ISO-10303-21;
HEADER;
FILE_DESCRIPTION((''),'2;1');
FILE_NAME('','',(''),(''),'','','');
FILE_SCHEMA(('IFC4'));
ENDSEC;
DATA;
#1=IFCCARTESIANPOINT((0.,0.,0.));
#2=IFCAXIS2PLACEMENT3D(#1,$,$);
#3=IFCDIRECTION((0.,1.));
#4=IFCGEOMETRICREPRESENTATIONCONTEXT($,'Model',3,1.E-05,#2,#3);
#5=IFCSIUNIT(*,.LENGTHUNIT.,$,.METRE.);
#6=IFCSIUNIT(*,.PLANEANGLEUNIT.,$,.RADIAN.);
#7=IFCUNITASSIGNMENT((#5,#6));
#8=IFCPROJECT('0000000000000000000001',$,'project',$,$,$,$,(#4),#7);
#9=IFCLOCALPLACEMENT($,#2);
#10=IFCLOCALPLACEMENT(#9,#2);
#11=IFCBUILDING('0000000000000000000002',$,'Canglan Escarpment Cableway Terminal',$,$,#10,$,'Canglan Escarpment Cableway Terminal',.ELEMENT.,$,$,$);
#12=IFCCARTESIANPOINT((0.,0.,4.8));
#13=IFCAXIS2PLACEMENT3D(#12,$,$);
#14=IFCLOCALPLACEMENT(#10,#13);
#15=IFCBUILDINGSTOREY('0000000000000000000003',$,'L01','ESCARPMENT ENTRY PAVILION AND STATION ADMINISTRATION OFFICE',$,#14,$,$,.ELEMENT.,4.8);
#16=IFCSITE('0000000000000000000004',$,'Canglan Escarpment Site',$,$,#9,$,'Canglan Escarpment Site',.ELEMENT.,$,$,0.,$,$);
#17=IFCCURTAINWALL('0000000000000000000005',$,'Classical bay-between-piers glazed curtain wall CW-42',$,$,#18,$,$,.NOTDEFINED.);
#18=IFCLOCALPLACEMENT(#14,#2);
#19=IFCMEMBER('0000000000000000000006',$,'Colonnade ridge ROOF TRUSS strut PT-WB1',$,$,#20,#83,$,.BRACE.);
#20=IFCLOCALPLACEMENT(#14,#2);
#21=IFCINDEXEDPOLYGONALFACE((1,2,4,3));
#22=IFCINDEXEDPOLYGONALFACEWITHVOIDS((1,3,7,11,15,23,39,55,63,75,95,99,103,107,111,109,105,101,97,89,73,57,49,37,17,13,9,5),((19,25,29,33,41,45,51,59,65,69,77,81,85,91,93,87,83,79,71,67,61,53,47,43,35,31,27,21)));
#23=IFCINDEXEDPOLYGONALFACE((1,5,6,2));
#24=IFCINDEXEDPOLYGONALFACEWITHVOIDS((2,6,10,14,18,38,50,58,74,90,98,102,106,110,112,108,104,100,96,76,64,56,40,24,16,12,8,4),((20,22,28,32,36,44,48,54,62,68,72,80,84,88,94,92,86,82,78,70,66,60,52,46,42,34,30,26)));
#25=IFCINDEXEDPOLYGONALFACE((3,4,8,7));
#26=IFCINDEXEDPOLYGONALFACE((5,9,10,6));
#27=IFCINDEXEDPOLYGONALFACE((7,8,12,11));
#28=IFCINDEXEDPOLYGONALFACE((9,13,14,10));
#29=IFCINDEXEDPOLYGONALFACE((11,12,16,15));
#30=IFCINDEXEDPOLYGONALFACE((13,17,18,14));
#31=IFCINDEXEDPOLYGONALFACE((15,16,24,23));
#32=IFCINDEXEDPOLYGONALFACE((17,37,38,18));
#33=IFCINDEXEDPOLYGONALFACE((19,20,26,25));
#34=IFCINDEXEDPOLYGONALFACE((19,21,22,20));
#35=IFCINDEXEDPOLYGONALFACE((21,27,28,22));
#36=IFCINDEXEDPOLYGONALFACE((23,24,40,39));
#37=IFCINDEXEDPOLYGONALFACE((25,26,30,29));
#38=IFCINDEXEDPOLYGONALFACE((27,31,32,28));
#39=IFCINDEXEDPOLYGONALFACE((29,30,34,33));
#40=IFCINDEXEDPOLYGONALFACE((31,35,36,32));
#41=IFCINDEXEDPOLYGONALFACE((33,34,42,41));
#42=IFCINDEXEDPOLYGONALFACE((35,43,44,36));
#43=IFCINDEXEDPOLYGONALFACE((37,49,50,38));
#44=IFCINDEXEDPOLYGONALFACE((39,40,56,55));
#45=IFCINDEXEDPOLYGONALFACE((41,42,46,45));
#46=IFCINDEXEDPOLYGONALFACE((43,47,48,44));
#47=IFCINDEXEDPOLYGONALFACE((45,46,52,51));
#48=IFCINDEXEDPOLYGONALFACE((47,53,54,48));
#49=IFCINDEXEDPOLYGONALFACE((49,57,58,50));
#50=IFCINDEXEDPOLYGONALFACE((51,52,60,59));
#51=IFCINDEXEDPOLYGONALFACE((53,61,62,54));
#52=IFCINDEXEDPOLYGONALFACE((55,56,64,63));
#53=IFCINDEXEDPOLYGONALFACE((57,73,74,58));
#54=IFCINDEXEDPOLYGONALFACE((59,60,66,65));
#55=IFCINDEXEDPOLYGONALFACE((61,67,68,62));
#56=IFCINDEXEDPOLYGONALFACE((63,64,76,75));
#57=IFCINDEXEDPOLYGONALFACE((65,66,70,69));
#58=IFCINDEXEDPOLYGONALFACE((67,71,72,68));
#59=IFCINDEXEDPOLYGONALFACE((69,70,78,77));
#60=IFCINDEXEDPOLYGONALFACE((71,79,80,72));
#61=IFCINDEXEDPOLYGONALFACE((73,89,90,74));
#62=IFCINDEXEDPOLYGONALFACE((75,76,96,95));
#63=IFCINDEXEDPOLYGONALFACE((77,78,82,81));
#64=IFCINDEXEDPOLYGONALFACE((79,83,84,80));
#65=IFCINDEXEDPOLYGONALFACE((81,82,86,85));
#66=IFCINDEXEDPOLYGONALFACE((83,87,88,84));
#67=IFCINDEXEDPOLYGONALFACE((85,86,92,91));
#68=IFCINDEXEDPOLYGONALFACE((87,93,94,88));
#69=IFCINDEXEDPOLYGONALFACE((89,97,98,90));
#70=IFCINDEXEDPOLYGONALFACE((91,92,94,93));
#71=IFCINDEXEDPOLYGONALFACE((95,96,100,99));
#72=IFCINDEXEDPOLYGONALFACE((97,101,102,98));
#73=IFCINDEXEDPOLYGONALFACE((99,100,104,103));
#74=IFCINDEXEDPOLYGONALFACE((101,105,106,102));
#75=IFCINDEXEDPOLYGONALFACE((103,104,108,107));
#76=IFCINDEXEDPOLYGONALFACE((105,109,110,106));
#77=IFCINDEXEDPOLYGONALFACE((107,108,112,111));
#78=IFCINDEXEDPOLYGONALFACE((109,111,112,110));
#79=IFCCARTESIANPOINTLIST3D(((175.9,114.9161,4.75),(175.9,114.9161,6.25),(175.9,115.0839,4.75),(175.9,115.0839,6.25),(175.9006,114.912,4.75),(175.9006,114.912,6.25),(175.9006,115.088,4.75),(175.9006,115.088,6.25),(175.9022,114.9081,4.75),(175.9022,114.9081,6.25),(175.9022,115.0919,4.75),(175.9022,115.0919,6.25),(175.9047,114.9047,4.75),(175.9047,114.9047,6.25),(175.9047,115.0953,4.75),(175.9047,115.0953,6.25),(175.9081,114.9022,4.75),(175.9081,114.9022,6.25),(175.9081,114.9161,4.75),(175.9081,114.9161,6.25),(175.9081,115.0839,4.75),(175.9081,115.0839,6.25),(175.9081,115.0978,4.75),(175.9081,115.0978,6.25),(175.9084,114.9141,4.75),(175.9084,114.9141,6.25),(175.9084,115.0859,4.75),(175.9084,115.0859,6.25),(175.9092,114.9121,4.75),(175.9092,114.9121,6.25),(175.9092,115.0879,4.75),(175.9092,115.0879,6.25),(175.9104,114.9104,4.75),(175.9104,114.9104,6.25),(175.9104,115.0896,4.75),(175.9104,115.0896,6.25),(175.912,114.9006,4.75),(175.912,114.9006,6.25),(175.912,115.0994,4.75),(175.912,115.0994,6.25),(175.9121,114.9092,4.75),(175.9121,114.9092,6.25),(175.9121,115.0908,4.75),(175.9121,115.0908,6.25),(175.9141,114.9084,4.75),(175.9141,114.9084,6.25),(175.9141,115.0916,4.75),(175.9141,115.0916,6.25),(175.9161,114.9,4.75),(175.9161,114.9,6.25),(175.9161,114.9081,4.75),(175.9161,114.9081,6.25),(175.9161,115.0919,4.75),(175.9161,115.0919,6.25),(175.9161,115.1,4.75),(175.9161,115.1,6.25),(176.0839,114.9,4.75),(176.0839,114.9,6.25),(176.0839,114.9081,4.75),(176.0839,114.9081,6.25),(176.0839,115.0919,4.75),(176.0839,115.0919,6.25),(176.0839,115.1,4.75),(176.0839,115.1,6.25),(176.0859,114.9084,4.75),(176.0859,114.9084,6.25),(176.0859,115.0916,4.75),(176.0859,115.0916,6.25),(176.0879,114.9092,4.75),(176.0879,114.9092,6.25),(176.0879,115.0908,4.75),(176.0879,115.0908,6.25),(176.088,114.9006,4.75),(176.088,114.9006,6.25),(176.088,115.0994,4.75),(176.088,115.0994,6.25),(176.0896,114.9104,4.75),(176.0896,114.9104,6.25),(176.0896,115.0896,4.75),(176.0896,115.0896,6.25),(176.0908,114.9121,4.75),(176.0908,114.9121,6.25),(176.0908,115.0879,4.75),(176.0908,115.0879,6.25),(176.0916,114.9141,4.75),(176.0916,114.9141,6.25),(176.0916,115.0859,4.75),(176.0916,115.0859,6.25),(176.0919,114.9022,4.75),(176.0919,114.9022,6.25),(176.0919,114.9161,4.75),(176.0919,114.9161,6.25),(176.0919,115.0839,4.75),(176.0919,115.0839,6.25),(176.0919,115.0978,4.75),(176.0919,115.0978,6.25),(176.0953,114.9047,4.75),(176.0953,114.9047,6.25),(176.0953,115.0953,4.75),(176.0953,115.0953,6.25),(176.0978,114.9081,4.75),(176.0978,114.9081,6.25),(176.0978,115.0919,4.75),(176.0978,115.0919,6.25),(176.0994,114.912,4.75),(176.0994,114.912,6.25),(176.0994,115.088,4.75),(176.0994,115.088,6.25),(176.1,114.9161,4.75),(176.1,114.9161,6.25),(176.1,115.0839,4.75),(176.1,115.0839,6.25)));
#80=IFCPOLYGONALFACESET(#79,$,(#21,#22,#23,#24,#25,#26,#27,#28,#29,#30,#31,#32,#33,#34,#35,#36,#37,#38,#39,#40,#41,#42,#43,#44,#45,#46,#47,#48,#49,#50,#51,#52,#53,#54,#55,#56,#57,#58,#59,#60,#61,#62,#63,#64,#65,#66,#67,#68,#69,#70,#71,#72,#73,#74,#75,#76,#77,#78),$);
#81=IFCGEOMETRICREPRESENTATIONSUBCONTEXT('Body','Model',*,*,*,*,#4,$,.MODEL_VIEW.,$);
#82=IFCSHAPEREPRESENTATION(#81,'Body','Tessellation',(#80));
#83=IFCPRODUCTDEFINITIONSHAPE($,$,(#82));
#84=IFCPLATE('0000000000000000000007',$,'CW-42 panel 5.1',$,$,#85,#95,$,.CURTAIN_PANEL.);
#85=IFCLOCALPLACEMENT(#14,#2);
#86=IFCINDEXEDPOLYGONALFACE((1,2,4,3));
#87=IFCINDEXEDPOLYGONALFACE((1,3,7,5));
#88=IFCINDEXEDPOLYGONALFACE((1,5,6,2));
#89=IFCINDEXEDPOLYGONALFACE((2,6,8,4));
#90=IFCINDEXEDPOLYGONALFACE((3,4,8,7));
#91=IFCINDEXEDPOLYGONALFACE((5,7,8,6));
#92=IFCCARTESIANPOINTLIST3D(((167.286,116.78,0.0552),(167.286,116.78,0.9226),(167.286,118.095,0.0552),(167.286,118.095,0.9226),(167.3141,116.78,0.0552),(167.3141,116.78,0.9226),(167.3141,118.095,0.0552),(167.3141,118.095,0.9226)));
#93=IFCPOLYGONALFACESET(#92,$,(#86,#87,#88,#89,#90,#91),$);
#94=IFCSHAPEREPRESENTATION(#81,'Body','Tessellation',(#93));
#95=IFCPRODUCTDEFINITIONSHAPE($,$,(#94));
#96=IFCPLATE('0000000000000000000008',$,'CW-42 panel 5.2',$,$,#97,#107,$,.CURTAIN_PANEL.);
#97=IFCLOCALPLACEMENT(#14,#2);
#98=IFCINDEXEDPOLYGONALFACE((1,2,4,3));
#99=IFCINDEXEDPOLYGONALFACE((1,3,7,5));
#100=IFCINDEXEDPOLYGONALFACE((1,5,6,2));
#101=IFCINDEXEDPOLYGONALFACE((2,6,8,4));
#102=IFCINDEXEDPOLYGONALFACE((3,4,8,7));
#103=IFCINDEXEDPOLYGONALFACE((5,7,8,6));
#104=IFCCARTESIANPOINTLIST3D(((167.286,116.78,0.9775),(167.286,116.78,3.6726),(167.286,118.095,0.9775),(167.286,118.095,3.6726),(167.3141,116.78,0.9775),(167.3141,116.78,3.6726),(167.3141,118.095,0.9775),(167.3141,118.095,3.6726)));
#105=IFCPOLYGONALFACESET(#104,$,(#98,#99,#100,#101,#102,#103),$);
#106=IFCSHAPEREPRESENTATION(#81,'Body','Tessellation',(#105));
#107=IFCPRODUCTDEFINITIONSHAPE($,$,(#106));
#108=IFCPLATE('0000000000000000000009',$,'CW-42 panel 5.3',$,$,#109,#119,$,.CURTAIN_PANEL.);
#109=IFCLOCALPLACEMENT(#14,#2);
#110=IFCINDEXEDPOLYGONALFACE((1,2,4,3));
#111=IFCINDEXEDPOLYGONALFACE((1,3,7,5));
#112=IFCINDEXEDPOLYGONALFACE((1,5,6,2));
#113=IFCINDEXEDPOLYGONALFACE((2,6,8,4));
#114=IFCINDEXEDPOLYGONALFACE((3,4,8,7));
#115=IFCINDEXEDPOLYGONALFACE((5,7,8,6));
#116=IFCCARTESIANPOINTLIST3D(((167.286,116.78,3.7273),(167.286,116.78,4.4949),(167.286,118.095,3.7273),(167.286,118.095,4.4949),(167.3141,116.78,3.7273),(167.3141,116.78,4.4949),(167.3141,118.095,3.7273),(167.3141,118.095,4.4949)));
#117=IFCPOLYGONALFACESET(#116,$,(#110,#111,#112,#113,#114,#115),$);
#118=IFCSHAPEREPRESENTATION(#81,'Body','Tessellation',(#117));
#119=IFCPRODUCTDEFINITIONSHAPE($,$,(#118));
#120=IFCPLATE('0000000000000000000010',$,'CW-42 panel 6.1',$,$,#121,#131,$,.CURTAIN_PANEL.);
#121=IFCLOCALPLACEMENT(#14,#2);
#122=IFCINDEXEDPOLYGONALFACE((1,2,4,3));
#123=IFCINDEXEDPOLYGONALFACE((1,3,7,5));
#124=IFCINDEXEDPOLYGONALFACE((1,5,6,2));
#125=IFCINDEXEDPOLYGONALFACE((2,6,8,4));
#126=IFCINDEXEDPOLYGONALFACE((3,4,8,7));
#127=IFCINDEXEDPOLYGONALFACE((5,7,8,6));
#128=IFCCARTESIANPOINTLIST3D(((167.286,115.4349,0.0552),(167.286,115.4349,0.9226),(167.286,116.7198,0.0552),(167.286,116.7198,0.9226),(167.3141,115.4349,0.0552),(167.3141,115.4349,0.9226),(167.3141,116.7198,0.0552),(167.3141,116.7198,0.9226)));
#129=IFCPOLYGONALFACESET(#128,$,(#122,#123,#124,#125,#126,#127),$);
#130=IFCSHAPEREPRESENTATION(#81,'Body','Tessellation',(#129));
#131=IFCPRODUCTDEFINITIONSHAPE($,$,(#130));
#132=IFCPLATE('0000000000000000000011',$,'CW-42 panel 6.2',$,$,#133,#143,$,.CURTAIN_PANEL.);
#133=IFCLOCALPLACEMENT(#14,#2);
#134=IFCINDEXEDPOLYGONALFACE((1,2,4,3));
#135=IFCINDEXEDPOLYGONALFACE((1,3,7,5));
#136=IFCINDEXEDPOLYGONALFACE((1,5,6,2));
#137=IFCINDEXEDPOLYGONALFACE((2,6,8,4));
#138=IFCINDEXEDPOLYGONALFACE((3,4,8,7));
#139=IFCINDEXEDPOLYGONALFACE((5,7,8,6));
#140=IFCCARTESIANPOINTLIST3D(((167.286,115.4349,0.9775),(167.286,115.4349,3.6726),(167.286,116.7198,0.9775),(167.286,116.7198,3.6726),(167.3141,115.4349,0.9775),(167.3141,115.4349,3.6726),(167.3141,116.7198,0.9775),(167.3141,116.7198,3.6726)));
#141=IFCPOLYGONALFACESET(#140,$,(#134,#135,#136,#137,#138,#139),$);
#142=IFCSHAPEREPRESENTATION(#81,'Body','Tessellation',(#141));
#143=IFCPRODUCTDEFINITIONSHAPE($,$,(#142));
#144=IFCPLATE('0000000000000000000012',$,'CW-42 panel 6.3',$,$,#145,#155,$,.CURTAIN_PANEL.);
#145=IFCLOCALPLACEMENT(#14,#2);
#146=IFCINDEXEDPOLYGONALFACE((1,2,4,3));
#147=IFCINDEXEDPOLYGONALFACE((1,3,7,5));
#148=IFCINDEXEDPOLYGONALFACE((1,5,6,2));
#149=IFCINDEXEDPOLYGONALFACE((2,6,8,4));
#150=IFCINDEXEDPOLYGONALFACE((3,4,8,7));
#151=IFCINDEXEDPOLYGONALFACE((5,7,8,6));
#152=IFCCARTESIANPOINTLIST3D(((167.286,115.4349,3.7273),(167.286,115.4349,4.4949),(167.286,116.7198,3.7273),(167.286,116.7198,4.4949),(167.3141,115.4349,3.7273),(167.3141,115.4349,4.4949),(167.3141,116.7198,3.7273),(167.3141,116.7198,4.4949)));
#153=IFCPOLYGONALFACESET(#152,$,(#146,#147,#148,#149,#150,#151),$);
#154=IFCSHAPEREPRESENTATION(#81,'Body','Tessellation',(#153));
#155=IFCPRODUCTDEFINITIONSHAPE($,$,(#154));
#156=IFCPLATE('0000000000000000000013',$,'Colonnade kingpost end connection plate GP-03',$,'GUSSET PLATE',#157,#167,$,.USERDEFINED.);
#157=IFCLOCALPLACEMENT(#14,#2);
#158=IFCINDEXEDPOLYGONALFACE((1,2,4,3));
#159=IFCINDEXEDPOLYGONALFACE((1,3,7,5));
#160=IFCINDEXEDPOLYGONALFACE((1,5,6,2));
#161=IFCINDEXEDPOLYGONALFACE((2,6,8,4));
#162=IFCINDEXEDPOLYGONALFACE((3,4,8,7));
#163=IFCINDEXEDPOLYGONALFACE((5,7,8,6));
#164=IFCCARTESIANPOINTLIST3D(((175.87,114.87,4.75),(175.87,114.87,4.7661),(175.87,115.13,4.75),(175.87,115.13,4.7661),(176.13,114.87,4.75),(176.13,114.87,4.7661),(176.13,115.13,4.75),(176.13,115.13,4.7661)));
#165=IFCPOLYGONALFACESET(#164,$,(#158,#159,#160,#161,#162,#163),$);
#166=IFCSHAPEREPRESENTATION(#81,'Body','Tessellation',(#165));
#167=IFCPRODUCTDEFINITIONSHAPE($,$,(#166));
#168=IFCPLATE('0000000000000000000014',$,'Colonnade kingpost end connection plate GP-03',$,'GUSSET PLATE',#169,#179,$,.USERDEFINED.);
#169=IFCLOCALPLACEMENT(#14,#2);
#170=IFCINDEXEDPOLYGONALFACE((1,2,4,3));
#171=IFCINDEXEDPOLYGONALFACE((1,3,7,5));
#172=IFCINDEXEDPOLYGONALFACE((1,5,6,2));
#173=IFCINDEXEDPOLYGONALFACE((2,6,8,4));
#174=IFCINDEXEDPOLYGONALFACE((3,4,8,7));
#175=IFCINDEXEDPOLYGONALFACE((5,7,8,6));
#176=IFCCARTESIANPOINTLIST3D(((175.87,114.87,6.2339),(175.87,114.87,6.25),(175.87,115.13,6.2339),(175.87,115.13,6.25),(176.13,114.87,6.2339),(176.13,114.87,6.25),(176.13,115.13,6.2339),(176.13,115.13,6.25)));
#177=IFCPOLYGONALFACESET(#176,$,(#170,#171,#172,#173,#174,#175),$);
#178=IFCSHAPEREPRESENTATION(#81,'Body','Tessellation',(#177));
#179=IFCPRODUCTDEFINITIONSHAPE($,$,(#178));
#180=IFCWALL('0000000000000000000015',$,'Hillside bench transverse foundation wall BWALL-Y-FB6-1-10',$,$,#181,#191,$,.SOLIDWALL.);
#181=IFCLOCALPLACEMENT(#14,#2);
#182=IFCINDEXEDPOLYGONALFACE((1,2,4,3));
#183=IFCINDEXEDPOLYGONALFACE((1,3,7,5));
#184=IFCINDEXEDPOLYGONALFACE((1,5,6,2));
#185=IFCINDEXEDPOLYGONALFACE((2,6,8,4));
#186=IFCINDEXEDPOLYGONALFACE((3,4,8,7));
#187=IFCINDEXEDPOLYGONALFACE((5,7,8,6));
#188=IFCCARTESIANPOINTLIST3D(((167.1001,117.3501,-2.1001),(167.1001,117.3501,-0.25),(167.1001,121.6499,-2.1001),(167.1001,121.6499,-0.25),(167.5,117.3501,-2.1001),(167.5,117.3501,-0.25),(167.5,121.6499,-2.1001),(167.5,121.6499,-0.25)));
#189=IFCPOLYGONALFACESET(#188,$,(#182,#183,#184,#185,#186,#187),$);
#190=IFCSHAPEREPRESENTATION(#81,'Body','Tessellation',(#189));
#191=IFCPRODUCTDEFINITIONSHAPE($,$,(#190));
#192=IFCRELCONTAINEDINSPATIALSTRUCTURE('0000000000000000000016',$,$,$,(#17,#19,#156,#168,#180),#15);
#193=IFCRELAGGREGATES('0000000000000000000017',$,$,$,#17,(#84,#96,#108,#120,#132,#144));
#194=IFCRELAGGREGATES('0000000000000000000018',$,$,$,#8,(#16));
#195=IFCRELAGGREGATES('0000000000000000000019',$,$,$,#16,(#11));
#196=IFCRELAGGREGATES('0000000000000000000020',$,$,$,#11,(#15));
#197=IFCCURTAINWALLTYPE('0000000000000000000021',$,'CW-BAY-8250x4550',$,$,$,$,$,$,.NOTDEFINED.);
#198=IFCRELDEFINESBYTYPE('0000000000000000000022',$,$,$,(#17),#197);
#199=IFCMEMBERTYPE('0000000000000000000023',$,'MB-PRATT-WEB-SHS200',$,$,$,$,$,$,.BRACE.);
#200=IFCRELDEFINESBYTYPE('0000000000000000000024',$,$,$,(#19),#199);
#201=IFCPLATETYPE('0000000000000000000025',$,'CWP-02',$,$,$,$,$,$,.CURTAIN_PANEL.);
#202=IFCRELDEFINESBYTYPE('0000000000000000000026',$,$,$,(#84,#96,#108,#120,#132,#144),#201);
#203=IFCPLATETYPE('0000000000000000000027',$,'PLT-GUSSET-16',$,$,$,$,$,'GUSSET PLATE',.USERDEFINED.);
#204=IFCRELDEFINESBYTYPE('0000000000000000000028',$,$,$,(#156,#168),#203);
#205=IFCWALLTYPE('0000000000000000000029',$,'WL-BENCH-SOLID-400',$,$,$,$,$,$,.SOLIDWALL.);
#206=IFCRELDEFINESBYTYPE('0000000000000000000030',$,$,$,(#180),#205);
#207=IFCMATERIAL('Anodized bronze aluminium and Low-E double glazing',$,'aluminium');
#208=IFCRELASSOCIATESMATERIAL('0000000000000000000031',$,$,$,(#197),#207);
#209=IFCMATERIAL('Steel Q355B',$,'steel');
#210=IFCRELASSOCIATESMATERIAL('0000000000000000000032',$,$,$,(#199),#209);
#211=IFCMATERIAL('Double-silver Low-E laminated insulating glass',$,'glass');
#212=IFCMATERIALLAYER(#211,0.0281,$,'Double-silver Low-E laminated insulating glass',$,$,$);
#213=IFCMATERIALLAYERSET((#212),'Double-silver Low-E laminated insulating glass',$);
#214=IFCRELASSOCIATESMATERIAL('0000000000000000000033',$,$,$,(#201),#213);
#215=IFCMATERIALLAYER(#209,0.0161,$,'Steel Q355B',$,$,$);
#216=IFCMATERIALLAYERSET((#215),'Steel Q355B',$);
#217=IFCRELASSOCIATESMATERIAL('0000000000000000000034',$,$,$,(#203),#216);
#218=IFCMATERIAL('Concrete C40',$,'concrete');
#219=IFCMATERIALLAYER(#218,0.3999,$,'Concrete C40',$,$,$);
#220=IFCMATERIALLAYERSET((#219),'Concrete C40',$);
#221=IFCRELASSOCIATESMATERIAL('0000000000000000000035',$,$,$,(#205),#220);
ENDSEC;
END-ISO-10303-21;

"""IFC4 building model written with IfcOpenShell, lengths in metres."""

from ifc_helpers import new_model, si_unit, direction, frame, frame_2d, origin, origin_2d, place, context, subcontext, project, spatial, rectangle, hollow_rectangle, extrude, material, layer, layer_set, material_profile, profile_set, type_object, element, aggregate, save


model = new_model("IFC4")

# Units and contexts
model_context = context("Model", 3, precision=1e-05, world=origin(), true_north=direction((0.0, 1.0)))
body_context = subcontext(model_context, "Body", "Model", "MODEL_VIEW")
ifc_project = project(units=[si_unit("LENGTHUNIT", "METRE"), si_unit("PLANEANGLEUNIT", "RADIAN")], contexts=[model_context])

# Site, building, storey
site_placement = place(None, origin())
site = spatial("IfcSite", under=ifc_project, at=site_placement, Name="Canglan Escarpment Site", LongName="Canglan Escarpment Site", CompositionType="ELEMENT", RefElevation=0.0)
building_placement = place(site_placement, origin())
building = spatial("IfcBuilding", under=site, at=building_placement, Name="Canglan Escarpment Cableway Terminal", LongName="Canglan Escarpment Cableway Terminal", CompositionType="ELEMENT")
storey_placement = place(building_placement, frame((0.0, 0.0, 4.8)))
storey = spatial("IfcBuildingStorey", under=building, at=storey_placement, Name="L01", Description="ESCARPMENT ENTRY PAVILION AND STATION ADMINISTRATION OFFICE", CompositionType="ELEMENT", Elevation=4.8)

# Shared definitions
ifc_material_1 = material(Name="Concrete C40", Category="concrete")

# Curtain wall
ifc_material_2 = material(Name="Anodized bronze aluminium and Low-E double glazing", Category="aluminium")
curtain_wall_type = type_object("IfcCurtainWallType", Name="CW-BAY-8250x4550", PredefinedType="NOTDEFINED", material=ifc_material_2)
curtain_wall_placement = place(storey_placement, origin())
curtain_wall = element("IfcCurtainWall", 1, at=curtain_wall_placement, inside=storey, type_object=curtain_wall_type, Name="Classical bay-between-piers glazed curtain wall CW-42", PredefinedType="NOTDEFINED")

# Member
ifc_material_3 = material(Name="Steel Q355B", Category="steel")
ifc_material_profile_1 = material_profile(ifc_material_3, hollow_rectangle(XDim=0.2, YDim=0.2, WallThickness=0.0081, InnerFilletRadius=0.0081, OuterFilletRadius=0.0161, at=origin_2d()), Name="SHS 200x200x8")
ifc_profile_set_1 = profile_set([ifc_material_profile_1], Name="Steel Q355B")
member_type_1 = type_object("IfcMemberType", Name="MB-PRATT-WEB-SHS200", PredefinedType="BRACE", material=ifc_profile_set_1)
member_1_placement = place(storey_placement, frame((176.0, 115.0, 4.75), z_axis=(0.0, 0.0, 1.0), x_axis=(1.0, 0.0, 0.0)))
element("IfcMember", 2, at=member_1_placement, inside=storey, type_object=member_type_1, Name="Colonnade ridge ROOF TRUSS strut PT-WB1", PredefinedType="BRACE", context=body_context, shape_type="SweptSolid", body=[
    extrude(hollow_rectangle(XDim=0.2, YDim=0.2, WallThickness=0.0081, InnerFilletRadius=0.0081, OuterFilletRadius=0.0161, at=origin_2d()), origin(), (0.0, 0.0, 1.0), 1.5),
])

# Plates
ifc_material_4 = material(Name="Double-silver Low-E laminated insulating glass", Category="glass")
ifc_layer_1 = layer(ifc_material_4, 0.0281, Name="Double-silver Low-E laminated insulating glass")
ifc_layer_set_1 = layer_set([ifc_layer_1], Name="Double-silver Low-E laminated insulating glass")
plate_type_1 = type_object("IfcPlateType", Name="CWP-02", PredefinedType="CURTAIN_PANEL", material=ifc_layer_set_1)
plate_1_placement = place(storey_placement, frame((167.3, 117.4375, 0.0552), z_axis=(0.0, 0.0, 1.0), x_axis=(0.0, -1.0, 0.0)))
plate_1 = element("IfcPlate", 3, at=plate_1_placement, type_object=plate_type_1, Name="CW-42 panel 5.1", PredefinedType="CURTAIN_PANEL", context=body_context, shape_type="SweptSolid", body=[
    extrude(rectangle(XDim=1.3149, YDim=0.0281, at=origin_2d()), origin(), (0.0, 0.0, 1.0), 0.8674),
])
plate_2_placement = place(storey_placement, frame((167.3, 117.4375, 0.9775), z_axis=(0.0, 0.0, 1.0), x_axis=(0.0, -1.0, 0.0)))
plate_2 = element("IfcPlate", 4, at=plate_2_placement, type_object=plate_type_1, Name="CW-42 panel 5.2", PredefinedType="CURTAIN_PANEL", context=body_context, shape_type="SweptSolid", body=[
    extrude(rectangle(XDim=1.3149, YDim=0.0281, at=origin_2d()), origin(), (0.0, 0.0, 1.0), 2.6951),
])
plate_3_placement = place(storey_placement, frame((167.3, 117.4375, 3.7273), z_axis=(0.0, 0.0, 1.0), x_axis=(0.0, -1.0, 0.0)))
plate_3 = element("IfcPlate", 5, at=plate_3_placement, type_object=plate_type_1, Name="CW-42 panel 5.3", PredefinedType="CURTAIN_PANEL", context=body_context, shape_type="SweptSolid", body=[
    extrude(rectangle(XDim=1.3149, YDim=0.0281, at=origin_2d()), origin(), (0.0, 0.0, 1.0), 0.7676),
])
plate_4_placement = place(storey_placement, frame((167.3, 116.0774, 0.0552), z_axis=(0.0, 0.0, 1.0), x_axis=(0.0, -1.0, 0.0)))
plate_4 = element("IfcPlate", 6, at=plate_4_placement, type_object=plate_type_1, Name="CW-42 panel 6.1", PredefinedType="CURTAIN_PANEL", context=body_context, shape_type="SweptSolid", body=[
    extrude(rectangle(XDim=1.2849, YDim=0.0281, at=origin_2d()), origin(), (0.0, 0.0, 1.0), 0.8674),
])
plate_5_placement = place(storey_placement, frame((167.3, 116.0774, 0.9775), z_axis=(0.0, 0.0, 1.0), x_axis=(0.0, -1.0, 0.0)))
plate_5 = element("IfcPlate", 7, at=plate_5_placement, type_object=plate_type_1, Name="CW-42 panel 6.2", PredefinedType="CURTAIN_PANEL", context=body_context, shape_type="SweptSolid", body=[
    extrude(rectangle(XDim=1.2849, YDim=0.0281, at=origin_2d()), origin(), (0.0, 0.0, 1.0), 2.6951),
])
plate_6_placement = place(storey_placement, frame((167.3, 116.0774, 3.7273), z_axis=(0.0, 0.0, 1.0), x_axis=(0.0, -1.0, 0.0)))
plate_6 = element("IfcPlate", 8, at=plate_6_placement, type_object=plate_type_1, Name="CW-42 panel 6.3", PredefinedType="CURTAIN_PANEL", context=body_context, shape_type="SweptSolid", body=[
    extrude(rectangle(XDim=1.2849, YDim=0.0281, at=origin_2d()), origin(), (0.0, 0.0, 1.0), 0.7676),
])
aggregate(curtain_wall, [plate_1, plate_2, plate_3, plate_4, plate_5, plate_6])

# Plates
ifc_layer_2 = layer(ifc_material_3, 0.0161, Name="Steel Q355B")
ifc_layer_set_2 = layer_set([ifc_layer_2], Name="Steel Q355B")
plate_type_2 = type_object("IfcPlateType", Name="PLT-GUSSET-16", ElementType="GUSSET PLATE", PredefinedType="USERDEFINED", material=ifc_layer_set_2)
for number, where, z_axis, x_axis, name in (
    (9, (176.0, 115.0, 4.75), (0.0, 0.0, 1.0), (1.0, 0.0, 0.0), "Colonnade kingpost end connection plate GP-03"),
    (10, (176.0, 115.0, 6.2339), (0.0, 0.0, 1.0), (1.0, 0.0, 0.0), "Colonnade kingpost end connection plate GP-03"),
):
    element("IfcPlate", number, at=place(storey_placement, frame(where, z_axis=z_axis, x_axis=x_axis)), inside=storey, type_object=plate_type_2, Name=name, ObjectType="GUSSET PLATE", PredefinedType="USERDEFINED", context=body_context, shape_type="SweptSolid", body=[
        extrude(rectangle(XDim=0.26, YDim=0.26, at=origin_2d()), origin(), (0.0, 0.0, 1.0), 0.0161),
    ])

# Wall
ifc_layer_3 = layer(ifc_material_1, 0.3999, Name="Concrete C40")
ifc_layer_set_3 = layer_set([ifc_layer_3], Name="Concrete C40")
wall_type = type_object("IfcWallType", Name="WL-BENCH-SOLID-400", PredefinedType="SOLIDWALL", material=ifc_layer_set_3)
wall_placement = place(storey_placement, frame((167.3, 117.3501, -2.1001), z_axis=(0.0, 0.0, 1.0), x_axis=(0.0, 1.0, 0.0)))
element("IfcWall", 11, at=wall_placement, inside=storey, type_object=wall_type, Name="Hillside bench transverse foundation wall BWALL-Y-FB6-1-10", PredefinedType="SOLIDWALL", context=body_context, shape_type="SweptSolid", body=[
    extrude(rectangle(XDim=4.2998, YDim=0.3999, at=frame_2d((2.1499, 0.0))), origin(), (0.0, 0.0, 1.0), 1.8501),
])

save(model, "model.ifc")
